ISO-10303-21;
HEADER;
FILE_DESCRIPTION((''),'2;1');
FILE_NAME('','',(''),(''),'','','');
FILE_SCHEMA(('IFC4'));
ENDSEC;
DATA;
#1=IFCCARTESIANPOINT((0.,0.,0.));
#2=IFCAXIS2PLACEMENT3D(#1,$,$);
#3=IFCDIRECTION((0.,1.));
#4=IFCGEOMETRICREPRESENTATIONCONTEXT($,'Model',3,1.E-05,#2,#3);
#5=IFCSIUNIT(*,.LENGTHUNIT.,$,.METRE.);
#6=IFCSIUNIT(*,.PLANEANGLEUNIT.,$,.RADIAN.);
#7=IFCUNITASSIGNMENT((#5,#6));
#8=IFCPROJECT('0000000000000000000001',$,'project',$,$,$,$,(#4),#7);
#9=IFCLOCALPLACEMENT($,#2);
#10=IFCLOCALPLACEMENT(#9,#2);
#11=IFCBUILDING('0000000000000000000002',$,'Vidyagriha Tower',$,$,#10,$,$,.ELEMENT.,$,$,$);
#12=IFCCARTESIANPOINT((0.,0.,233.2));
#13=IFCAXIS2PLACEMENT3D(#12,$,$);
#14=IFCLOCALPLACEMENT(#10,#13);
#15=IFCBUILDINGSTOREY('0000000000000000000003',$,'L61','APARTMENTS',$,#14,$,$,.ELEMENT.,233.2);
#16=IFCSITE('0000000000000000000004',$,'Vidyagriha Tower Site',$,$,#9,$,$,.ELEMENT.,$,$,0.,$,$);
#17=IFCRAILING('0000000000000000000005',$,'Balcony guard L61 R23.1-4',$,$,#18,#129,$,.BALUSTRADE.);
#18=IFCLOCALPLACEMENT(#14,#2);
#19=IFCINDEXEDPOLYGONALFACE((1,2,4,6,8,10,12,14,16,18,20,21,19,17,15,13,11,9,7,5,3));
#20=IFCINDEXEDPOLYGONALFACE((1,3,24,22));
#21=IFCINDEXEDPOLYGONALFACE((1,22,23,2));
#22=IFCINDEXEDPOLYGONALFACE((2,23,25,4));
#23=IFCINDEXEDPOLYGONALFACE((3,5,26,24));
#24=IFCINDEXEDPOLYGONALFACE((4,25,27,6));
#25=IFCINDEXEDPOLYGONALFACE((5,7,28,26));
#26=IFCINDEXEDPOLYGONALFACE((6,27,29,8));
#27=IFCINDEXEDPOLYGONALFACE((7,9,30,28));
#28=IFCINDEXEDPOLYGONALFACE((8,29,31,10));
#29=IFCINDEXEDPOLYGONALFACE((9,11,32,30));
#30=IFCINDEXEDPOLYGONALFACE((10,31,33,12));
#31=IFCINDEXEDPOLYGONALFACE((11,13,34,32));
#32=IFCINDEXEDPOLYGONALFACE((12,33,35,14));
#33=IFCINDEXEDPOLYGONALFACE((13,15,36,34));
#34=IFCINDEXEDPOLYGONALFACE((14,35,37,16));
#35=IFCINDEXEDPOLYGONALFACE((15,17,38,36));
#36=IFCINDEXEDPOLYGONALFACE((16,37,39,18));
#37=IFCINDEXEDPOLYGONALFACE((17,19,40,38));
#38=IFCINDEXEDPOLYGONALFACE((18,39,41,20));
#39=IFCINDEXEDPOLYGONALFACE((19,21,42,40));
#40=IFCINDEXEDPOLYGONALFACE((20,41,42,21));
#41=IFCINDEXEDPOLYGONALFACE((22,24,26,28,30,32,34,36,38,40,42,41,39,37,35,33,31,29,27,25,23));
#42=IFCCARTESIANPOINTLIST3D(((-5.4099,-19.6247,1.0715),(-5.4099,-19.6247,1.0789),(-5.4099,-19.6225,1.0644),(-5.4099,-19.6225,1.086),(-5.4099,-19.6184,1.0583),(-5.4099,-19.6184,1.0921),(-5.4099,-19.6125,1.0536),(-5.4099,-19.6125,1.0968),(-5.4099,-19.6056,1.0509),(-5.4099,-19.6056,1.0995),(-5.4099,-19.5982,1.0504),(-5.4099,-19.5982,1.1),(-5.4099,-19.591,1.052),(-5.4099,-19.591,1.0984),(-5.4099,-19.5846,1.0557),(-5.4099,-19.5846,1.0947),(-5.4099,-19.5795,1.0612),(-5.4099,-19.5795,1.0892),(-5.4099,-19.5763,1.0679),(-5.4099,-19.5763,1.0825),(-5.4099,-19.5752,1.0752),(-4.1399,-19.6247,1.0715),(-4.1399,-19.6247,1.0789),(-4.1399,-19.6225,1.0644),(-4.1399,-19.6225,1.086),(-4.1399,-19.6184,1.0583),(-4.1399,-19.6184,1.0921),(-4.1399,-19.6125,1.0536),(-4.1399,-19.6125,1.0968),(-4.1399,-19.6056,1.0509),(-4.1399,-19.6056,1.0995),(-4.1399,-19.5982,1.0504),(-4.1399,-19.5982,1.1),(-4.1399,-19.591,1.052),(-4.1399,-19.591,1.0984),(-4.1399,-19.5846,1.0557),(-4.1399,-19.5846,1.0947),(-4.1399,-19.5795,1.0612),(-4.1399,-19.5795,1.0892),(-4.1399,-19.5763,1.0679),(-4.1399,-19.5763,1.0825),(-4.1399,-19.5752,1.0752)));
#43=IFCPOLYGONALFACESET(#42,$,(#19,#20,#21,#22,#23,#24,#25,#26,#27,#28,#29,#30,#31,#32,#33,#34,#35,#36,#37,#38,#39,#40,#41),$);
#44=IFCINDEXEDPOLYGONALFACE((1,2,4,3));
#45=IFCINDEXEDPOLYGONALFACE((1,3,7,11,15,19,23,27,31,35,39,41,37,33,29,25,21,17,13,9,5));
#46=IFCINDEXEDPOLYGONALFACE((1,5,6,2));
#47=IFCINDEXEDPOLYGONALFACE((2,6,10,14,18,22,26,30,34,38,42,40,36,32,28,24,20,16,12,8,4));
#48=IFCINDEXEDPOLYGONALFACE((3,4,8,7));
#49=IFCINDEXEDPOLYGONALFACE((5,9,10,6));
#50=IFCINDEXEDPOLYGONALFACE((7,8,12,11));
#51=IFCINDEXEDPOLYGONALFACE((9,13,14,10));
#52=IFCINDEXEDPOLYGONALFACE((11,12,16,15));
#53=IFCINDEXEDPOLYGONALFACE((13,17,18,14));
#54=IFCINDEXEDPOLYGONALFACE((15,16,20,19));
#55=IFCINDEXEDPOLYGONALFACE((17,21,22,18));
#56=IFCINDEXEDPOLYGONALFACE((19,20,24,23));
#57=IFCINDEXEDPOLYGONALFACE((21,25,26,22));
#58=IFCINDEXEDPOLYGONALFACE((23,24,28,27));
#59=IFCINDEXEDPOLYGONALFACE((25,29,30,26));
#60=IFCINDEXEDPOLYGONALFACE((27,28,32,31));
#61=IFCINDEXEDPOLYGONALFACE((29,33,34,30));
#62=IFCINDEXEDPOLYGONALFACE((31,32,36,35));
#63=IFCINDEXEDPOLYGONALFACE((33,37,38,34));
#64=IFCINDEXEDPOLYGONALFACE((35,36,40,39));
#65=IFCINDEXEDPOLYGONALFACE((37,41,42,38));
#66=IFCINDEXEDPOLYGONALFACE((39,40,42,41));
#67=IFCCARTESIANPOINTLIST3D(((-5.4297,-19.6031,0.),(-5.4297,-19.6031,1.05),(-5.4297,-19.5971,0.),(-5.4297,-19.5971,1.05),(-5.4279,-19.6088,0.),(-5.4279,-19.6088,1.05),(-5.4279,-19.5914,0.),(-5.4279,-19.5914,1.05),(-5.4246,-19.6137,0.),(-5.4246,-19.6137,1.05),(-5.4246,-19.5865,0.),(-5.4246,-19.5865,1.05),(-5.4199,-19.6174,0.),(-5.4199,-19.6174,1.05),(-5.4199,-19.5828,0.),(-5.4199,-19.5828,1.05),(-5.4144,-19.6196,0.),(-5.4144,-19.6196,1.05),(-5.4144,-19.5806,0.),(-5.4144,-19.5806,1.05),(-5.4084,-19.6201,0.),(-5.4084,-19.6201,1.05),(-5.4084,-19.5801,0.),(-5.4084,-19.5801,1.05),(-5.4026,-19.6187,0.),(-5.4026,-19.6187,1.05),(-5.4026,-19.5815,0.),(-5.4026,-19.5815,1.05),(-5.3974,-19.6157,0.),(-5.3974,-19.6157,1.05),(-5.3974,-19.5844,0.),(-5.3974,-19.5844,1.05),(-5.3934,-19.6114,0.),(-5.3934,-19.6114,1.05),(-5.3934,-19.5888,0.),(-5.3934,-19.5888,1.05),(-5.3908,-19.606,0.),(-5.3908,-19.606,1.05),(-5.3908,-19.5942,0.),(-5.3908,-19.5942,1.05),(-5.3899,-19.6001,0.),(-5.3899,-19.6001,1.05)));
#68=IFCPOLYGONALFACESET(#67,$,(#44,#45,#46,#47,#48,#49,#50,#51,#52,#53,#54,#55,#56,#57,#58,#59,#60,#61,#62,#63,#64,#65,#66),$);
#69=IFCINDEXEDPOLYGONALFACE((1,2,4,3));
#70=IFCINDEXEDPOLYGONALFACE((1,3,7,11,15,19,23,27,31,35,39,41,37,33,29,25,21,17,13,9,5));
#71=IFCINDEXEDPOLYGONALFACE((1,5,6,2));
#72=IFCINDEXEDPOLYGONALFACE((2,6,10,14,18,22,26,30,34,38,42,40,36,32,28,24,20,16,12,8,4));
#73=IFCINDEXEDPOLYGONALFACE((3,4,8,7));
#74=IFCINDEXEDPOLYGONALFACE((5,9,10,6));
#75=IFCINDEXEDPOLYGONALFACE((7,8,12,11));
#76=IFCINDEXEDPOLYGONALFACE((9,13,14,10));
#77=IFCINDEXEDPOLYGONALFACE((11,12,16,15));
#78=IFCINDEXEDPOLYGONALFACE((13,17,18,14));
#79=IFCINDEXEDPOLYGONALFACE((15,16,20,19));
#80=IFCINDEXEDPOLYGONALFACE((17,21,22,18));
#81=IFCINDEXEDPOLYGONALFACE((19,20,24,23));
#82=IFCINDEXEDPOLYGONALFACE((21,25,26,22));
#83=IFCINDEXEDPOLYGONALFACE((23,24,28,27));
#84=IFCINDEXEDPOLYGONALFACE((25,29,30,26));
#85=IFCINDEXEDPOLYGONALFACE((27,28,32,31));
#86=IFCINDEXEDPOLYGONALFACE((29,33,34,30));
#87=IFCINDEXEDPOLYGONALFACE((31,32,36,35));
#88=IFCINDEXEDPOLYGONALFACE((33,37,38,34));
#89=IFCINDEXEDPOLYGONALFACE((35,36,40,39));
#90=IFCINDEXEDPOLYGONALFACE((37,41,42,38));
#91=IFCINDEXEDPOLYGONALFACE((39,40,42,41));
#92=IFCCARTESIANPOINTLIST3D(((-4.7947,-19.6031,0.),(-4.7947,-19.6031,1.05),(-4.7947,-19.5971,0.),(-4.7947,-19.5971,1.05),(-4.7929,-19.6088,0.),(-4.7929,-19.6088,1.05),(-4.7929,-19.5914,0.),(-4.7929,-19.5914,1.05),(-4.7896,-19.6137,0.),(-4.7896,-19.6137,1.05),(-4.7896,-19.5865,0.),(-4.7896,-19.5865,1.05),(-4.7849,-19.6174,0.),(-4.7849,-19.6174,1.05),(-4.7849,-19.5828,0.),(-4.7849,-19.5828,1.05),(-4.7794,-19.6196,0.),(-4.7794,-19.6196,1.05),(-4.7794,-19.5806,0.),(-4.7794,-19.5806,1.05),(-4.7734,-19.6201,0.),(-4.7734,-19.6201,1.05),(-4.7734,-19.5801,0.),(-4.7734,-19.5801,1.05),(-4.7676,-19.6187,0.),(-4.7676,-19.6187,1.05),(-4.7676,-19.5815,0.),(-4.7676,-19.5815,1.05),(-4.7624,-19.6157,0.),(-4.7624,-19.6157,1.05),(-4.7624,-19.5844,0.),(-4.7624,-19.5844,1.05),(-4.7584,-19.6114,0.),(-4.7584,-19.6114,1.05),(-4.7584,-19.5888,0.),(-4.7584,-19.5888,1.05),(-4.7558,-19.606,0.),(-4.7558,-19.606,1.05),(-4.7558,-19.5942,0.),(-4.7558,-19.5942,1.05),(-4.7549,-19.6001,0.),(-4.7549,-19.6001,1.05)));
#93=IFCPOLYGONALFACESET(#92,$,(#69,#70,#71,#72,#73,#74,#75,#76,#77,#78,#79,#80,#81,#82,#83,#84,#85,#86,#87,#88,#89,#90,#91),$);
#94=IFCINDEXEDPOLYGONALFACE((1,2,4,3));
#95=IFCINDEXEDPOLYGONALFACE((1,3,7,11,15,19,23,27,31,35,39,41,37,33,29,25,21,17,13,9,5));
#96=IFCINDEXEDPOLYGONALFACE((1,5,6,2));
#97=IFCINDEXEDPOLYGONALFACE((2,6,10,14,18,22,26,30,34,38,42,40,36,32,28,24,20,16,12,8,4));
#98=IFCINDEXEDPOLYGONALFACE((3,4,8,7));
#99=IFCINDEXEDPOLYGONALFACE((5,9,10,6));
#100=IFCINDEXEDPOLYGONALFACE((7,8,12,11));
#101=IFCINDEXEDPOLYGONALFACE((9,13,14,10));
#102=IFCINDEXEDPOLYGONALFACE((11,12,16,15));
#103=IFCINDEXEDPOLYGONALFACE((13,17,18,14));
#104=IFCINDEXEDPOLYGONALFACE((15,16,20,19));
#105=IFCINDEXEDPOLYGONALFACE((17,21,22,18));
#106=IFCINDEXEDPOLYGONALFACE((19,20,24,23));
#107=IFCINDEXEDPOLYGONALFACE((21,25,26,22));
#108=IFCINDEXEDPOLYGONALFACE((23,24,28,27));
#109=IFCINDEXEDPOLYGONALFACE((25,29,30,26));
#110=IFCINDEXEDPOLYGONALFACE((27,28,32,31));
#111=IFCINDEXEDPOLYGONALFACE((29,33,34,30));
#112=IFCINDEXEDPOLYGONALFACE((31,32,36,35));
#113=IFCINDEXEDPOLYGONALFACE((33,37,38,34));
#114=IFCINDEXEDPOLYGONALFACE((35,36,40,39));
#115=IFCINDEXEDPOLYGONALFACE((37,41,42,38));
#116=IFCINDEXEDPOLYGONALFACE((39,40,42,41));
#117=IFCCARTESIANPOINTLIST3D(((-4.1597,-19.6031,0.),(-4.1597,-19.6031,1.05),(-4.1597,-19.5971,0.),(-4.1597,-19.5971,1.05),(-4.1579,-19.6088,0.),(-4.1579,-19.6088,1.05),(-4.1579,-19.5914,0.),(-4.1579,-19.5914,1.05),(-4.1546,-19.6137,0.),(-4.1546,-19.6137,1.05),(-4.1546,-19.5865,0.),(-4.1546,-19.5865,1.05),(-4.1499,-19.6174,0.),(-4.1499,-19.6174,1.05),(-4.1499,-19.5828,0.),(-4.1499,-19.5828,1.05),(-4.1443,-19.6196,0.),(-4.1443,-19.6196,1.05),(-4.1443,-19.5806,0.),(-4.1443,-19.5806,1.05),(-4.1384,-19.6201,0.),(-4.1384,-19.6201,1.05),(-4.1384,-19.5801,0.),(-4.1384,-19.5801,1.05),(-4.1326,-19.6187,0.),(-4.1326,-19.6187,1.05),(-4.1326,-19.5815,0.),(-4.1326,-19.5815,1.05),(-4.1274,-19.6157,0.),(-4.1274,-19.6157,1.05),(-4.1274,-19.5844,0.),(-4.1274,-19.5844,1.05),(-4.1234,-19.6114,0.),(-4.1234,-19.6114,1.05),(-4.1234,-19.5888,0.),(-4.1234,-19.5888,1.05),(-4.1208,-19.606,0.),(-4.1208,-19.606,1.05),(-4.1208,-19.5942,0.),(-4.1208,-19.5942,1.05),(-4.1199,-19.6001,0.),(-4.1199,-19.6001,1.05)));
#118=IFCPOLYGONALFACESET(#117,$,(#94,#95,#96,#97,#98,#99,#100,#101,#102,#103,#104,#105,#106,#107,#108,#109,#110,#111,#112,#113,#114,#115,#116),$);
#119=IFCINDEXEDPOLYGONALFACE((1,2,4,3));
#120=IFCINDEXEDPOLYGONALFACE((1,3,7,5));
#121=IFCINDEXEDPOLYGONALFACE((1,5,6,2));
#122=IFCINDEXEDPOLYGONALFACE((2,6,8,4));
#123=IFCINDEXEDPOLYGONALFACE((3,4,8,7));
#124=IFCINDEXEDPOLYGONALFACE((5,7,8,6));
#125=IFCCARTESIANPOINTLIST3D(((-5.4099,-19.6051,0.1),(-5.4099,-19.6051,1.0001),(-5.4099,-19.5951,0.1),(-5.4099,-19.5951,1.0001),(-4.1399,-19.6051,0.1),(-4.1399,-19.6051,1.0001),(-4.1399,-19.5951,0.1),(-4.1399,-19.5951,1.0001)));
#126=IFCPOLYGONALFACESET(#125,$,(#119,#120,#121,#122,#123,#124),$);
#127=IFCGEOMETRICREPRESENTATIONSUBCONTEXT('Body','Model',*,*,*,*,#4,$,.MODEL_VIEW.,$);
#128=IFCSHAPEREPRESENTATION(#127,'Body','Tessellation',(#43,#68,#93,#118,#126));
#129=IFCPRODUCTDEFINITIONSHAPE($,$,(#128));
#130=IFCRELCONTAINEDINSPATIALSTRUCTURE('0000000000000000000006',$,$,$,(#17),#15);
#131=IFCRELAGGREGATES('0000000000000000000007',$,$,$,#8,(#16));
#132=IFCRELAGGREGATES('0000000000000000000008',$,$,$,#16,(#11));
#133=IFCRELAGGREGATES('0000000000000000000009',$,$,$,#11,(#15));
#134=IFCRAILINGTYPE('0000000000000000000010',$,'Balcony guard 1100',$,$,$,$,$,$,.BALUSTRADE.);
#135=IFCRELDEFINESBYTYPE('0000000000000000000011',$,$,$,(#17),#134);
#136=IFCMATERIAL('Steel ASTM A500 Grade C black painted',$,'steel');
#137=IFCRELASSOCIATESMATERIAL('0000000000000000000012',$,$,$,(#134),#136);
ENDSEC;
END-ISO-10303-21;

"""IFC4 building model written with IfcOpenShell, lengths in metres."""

from ifc_helpers import new_model, si_unit, direction, frame, origin, origin_2d, place, context, subcontext, project, spatial, rectangle, circle, extrude, material, type_object, element, save


model = new_model("IFC4")

# Units and contexts
model_context = context("Model", 3, precision=1e-05, world=origin(), true_north=direction((0.0, 1.0)))
body_context = subcontext(model_context, "Body", "Model", "MODEL_VIEW")
ifc_project = project(units=[si_unit("LENGTHUNIT", "METRE"), si_unit("PLANEANGLEUNIT", "RADIAN")], contexts=[model_context])

# Site, building, storey
site_placement = place(None, origin())
site = spatial("IfcSite", under=ifc_project, at=site_placement, Name="Vidyagriha Tower Site", CompositionType="ELEMENT", RefElevation=0.0)
building_placement = place(site_placement, origin())
building = spatial("IfcBuilding", under=site, at=building_placement, Name="Vidyagriha Tower", CompositionType="ELEMENT")
storey_placement = place(building_placement, frame((0.0, 0.0, 233.2)))
storey = spatial("IfcBuildingStorey", under=building, at=storey_placement, Name="L61", Description="APARTMENTS", CompositionType="ELEMENT", Elevation=233.2)

# Railing
ifc_material_1 = material(Name="Steel ASTM A500 Grade C black painted", Category="steel")
railing_type = type_object("IfcRailingType", Name="Balcony guard 1100", PredefinedType="BALUSTRADE", material=ifc_material_1)
railing_1_placement = place(storey_placement, frame((-5.4099, -19.6001, 0.0)))
element("IfcRailing", 1, at=railing_1_placement, inside=storey, type_object=railing_type, Name="Balcony guard L61 R23.1-4", PredefinedType="BALUSTRADE", context=body_context, shape_type="SweptSolid", body=[
    extrude(circle(Radius=0.0249, at=origin_2d()), frame((0.0, 0.0, 1.0752), z_axis=(1.0, 0.0, 0.0), x_axis=(0.0, 1.0, 0.0)), (0.0, 0.0, 1.0), 1.27),
    extrude(circle(Radius=0.02, at=origin_2d()), origin(), (0.0, 0.0, 1.0), 1.05),
    extrude(circle(Radius=0.02, at=origin_2d()), frame((0.635, 0.0, 0.0)), (0.0, 0.0, 1.0), 1.05),
    extrude(circle(Radius=0.02, at=origin_2d()), frame((1.27, 0.0, 0.0)), (0.0, 0.0, 1.0), 1.05),
    extrude(rectangle(XDim=0.01, YDim=0.9001, at=origin_2d()), frame((0.0, 0.0, 0.55), z_axis=(1.0, 0.0, 0.0), x_axis=(0.0, 1.0, 0.0)), (0.0, 0.0, 1.0), 1.27),
])

save(model, "model.ifc")
